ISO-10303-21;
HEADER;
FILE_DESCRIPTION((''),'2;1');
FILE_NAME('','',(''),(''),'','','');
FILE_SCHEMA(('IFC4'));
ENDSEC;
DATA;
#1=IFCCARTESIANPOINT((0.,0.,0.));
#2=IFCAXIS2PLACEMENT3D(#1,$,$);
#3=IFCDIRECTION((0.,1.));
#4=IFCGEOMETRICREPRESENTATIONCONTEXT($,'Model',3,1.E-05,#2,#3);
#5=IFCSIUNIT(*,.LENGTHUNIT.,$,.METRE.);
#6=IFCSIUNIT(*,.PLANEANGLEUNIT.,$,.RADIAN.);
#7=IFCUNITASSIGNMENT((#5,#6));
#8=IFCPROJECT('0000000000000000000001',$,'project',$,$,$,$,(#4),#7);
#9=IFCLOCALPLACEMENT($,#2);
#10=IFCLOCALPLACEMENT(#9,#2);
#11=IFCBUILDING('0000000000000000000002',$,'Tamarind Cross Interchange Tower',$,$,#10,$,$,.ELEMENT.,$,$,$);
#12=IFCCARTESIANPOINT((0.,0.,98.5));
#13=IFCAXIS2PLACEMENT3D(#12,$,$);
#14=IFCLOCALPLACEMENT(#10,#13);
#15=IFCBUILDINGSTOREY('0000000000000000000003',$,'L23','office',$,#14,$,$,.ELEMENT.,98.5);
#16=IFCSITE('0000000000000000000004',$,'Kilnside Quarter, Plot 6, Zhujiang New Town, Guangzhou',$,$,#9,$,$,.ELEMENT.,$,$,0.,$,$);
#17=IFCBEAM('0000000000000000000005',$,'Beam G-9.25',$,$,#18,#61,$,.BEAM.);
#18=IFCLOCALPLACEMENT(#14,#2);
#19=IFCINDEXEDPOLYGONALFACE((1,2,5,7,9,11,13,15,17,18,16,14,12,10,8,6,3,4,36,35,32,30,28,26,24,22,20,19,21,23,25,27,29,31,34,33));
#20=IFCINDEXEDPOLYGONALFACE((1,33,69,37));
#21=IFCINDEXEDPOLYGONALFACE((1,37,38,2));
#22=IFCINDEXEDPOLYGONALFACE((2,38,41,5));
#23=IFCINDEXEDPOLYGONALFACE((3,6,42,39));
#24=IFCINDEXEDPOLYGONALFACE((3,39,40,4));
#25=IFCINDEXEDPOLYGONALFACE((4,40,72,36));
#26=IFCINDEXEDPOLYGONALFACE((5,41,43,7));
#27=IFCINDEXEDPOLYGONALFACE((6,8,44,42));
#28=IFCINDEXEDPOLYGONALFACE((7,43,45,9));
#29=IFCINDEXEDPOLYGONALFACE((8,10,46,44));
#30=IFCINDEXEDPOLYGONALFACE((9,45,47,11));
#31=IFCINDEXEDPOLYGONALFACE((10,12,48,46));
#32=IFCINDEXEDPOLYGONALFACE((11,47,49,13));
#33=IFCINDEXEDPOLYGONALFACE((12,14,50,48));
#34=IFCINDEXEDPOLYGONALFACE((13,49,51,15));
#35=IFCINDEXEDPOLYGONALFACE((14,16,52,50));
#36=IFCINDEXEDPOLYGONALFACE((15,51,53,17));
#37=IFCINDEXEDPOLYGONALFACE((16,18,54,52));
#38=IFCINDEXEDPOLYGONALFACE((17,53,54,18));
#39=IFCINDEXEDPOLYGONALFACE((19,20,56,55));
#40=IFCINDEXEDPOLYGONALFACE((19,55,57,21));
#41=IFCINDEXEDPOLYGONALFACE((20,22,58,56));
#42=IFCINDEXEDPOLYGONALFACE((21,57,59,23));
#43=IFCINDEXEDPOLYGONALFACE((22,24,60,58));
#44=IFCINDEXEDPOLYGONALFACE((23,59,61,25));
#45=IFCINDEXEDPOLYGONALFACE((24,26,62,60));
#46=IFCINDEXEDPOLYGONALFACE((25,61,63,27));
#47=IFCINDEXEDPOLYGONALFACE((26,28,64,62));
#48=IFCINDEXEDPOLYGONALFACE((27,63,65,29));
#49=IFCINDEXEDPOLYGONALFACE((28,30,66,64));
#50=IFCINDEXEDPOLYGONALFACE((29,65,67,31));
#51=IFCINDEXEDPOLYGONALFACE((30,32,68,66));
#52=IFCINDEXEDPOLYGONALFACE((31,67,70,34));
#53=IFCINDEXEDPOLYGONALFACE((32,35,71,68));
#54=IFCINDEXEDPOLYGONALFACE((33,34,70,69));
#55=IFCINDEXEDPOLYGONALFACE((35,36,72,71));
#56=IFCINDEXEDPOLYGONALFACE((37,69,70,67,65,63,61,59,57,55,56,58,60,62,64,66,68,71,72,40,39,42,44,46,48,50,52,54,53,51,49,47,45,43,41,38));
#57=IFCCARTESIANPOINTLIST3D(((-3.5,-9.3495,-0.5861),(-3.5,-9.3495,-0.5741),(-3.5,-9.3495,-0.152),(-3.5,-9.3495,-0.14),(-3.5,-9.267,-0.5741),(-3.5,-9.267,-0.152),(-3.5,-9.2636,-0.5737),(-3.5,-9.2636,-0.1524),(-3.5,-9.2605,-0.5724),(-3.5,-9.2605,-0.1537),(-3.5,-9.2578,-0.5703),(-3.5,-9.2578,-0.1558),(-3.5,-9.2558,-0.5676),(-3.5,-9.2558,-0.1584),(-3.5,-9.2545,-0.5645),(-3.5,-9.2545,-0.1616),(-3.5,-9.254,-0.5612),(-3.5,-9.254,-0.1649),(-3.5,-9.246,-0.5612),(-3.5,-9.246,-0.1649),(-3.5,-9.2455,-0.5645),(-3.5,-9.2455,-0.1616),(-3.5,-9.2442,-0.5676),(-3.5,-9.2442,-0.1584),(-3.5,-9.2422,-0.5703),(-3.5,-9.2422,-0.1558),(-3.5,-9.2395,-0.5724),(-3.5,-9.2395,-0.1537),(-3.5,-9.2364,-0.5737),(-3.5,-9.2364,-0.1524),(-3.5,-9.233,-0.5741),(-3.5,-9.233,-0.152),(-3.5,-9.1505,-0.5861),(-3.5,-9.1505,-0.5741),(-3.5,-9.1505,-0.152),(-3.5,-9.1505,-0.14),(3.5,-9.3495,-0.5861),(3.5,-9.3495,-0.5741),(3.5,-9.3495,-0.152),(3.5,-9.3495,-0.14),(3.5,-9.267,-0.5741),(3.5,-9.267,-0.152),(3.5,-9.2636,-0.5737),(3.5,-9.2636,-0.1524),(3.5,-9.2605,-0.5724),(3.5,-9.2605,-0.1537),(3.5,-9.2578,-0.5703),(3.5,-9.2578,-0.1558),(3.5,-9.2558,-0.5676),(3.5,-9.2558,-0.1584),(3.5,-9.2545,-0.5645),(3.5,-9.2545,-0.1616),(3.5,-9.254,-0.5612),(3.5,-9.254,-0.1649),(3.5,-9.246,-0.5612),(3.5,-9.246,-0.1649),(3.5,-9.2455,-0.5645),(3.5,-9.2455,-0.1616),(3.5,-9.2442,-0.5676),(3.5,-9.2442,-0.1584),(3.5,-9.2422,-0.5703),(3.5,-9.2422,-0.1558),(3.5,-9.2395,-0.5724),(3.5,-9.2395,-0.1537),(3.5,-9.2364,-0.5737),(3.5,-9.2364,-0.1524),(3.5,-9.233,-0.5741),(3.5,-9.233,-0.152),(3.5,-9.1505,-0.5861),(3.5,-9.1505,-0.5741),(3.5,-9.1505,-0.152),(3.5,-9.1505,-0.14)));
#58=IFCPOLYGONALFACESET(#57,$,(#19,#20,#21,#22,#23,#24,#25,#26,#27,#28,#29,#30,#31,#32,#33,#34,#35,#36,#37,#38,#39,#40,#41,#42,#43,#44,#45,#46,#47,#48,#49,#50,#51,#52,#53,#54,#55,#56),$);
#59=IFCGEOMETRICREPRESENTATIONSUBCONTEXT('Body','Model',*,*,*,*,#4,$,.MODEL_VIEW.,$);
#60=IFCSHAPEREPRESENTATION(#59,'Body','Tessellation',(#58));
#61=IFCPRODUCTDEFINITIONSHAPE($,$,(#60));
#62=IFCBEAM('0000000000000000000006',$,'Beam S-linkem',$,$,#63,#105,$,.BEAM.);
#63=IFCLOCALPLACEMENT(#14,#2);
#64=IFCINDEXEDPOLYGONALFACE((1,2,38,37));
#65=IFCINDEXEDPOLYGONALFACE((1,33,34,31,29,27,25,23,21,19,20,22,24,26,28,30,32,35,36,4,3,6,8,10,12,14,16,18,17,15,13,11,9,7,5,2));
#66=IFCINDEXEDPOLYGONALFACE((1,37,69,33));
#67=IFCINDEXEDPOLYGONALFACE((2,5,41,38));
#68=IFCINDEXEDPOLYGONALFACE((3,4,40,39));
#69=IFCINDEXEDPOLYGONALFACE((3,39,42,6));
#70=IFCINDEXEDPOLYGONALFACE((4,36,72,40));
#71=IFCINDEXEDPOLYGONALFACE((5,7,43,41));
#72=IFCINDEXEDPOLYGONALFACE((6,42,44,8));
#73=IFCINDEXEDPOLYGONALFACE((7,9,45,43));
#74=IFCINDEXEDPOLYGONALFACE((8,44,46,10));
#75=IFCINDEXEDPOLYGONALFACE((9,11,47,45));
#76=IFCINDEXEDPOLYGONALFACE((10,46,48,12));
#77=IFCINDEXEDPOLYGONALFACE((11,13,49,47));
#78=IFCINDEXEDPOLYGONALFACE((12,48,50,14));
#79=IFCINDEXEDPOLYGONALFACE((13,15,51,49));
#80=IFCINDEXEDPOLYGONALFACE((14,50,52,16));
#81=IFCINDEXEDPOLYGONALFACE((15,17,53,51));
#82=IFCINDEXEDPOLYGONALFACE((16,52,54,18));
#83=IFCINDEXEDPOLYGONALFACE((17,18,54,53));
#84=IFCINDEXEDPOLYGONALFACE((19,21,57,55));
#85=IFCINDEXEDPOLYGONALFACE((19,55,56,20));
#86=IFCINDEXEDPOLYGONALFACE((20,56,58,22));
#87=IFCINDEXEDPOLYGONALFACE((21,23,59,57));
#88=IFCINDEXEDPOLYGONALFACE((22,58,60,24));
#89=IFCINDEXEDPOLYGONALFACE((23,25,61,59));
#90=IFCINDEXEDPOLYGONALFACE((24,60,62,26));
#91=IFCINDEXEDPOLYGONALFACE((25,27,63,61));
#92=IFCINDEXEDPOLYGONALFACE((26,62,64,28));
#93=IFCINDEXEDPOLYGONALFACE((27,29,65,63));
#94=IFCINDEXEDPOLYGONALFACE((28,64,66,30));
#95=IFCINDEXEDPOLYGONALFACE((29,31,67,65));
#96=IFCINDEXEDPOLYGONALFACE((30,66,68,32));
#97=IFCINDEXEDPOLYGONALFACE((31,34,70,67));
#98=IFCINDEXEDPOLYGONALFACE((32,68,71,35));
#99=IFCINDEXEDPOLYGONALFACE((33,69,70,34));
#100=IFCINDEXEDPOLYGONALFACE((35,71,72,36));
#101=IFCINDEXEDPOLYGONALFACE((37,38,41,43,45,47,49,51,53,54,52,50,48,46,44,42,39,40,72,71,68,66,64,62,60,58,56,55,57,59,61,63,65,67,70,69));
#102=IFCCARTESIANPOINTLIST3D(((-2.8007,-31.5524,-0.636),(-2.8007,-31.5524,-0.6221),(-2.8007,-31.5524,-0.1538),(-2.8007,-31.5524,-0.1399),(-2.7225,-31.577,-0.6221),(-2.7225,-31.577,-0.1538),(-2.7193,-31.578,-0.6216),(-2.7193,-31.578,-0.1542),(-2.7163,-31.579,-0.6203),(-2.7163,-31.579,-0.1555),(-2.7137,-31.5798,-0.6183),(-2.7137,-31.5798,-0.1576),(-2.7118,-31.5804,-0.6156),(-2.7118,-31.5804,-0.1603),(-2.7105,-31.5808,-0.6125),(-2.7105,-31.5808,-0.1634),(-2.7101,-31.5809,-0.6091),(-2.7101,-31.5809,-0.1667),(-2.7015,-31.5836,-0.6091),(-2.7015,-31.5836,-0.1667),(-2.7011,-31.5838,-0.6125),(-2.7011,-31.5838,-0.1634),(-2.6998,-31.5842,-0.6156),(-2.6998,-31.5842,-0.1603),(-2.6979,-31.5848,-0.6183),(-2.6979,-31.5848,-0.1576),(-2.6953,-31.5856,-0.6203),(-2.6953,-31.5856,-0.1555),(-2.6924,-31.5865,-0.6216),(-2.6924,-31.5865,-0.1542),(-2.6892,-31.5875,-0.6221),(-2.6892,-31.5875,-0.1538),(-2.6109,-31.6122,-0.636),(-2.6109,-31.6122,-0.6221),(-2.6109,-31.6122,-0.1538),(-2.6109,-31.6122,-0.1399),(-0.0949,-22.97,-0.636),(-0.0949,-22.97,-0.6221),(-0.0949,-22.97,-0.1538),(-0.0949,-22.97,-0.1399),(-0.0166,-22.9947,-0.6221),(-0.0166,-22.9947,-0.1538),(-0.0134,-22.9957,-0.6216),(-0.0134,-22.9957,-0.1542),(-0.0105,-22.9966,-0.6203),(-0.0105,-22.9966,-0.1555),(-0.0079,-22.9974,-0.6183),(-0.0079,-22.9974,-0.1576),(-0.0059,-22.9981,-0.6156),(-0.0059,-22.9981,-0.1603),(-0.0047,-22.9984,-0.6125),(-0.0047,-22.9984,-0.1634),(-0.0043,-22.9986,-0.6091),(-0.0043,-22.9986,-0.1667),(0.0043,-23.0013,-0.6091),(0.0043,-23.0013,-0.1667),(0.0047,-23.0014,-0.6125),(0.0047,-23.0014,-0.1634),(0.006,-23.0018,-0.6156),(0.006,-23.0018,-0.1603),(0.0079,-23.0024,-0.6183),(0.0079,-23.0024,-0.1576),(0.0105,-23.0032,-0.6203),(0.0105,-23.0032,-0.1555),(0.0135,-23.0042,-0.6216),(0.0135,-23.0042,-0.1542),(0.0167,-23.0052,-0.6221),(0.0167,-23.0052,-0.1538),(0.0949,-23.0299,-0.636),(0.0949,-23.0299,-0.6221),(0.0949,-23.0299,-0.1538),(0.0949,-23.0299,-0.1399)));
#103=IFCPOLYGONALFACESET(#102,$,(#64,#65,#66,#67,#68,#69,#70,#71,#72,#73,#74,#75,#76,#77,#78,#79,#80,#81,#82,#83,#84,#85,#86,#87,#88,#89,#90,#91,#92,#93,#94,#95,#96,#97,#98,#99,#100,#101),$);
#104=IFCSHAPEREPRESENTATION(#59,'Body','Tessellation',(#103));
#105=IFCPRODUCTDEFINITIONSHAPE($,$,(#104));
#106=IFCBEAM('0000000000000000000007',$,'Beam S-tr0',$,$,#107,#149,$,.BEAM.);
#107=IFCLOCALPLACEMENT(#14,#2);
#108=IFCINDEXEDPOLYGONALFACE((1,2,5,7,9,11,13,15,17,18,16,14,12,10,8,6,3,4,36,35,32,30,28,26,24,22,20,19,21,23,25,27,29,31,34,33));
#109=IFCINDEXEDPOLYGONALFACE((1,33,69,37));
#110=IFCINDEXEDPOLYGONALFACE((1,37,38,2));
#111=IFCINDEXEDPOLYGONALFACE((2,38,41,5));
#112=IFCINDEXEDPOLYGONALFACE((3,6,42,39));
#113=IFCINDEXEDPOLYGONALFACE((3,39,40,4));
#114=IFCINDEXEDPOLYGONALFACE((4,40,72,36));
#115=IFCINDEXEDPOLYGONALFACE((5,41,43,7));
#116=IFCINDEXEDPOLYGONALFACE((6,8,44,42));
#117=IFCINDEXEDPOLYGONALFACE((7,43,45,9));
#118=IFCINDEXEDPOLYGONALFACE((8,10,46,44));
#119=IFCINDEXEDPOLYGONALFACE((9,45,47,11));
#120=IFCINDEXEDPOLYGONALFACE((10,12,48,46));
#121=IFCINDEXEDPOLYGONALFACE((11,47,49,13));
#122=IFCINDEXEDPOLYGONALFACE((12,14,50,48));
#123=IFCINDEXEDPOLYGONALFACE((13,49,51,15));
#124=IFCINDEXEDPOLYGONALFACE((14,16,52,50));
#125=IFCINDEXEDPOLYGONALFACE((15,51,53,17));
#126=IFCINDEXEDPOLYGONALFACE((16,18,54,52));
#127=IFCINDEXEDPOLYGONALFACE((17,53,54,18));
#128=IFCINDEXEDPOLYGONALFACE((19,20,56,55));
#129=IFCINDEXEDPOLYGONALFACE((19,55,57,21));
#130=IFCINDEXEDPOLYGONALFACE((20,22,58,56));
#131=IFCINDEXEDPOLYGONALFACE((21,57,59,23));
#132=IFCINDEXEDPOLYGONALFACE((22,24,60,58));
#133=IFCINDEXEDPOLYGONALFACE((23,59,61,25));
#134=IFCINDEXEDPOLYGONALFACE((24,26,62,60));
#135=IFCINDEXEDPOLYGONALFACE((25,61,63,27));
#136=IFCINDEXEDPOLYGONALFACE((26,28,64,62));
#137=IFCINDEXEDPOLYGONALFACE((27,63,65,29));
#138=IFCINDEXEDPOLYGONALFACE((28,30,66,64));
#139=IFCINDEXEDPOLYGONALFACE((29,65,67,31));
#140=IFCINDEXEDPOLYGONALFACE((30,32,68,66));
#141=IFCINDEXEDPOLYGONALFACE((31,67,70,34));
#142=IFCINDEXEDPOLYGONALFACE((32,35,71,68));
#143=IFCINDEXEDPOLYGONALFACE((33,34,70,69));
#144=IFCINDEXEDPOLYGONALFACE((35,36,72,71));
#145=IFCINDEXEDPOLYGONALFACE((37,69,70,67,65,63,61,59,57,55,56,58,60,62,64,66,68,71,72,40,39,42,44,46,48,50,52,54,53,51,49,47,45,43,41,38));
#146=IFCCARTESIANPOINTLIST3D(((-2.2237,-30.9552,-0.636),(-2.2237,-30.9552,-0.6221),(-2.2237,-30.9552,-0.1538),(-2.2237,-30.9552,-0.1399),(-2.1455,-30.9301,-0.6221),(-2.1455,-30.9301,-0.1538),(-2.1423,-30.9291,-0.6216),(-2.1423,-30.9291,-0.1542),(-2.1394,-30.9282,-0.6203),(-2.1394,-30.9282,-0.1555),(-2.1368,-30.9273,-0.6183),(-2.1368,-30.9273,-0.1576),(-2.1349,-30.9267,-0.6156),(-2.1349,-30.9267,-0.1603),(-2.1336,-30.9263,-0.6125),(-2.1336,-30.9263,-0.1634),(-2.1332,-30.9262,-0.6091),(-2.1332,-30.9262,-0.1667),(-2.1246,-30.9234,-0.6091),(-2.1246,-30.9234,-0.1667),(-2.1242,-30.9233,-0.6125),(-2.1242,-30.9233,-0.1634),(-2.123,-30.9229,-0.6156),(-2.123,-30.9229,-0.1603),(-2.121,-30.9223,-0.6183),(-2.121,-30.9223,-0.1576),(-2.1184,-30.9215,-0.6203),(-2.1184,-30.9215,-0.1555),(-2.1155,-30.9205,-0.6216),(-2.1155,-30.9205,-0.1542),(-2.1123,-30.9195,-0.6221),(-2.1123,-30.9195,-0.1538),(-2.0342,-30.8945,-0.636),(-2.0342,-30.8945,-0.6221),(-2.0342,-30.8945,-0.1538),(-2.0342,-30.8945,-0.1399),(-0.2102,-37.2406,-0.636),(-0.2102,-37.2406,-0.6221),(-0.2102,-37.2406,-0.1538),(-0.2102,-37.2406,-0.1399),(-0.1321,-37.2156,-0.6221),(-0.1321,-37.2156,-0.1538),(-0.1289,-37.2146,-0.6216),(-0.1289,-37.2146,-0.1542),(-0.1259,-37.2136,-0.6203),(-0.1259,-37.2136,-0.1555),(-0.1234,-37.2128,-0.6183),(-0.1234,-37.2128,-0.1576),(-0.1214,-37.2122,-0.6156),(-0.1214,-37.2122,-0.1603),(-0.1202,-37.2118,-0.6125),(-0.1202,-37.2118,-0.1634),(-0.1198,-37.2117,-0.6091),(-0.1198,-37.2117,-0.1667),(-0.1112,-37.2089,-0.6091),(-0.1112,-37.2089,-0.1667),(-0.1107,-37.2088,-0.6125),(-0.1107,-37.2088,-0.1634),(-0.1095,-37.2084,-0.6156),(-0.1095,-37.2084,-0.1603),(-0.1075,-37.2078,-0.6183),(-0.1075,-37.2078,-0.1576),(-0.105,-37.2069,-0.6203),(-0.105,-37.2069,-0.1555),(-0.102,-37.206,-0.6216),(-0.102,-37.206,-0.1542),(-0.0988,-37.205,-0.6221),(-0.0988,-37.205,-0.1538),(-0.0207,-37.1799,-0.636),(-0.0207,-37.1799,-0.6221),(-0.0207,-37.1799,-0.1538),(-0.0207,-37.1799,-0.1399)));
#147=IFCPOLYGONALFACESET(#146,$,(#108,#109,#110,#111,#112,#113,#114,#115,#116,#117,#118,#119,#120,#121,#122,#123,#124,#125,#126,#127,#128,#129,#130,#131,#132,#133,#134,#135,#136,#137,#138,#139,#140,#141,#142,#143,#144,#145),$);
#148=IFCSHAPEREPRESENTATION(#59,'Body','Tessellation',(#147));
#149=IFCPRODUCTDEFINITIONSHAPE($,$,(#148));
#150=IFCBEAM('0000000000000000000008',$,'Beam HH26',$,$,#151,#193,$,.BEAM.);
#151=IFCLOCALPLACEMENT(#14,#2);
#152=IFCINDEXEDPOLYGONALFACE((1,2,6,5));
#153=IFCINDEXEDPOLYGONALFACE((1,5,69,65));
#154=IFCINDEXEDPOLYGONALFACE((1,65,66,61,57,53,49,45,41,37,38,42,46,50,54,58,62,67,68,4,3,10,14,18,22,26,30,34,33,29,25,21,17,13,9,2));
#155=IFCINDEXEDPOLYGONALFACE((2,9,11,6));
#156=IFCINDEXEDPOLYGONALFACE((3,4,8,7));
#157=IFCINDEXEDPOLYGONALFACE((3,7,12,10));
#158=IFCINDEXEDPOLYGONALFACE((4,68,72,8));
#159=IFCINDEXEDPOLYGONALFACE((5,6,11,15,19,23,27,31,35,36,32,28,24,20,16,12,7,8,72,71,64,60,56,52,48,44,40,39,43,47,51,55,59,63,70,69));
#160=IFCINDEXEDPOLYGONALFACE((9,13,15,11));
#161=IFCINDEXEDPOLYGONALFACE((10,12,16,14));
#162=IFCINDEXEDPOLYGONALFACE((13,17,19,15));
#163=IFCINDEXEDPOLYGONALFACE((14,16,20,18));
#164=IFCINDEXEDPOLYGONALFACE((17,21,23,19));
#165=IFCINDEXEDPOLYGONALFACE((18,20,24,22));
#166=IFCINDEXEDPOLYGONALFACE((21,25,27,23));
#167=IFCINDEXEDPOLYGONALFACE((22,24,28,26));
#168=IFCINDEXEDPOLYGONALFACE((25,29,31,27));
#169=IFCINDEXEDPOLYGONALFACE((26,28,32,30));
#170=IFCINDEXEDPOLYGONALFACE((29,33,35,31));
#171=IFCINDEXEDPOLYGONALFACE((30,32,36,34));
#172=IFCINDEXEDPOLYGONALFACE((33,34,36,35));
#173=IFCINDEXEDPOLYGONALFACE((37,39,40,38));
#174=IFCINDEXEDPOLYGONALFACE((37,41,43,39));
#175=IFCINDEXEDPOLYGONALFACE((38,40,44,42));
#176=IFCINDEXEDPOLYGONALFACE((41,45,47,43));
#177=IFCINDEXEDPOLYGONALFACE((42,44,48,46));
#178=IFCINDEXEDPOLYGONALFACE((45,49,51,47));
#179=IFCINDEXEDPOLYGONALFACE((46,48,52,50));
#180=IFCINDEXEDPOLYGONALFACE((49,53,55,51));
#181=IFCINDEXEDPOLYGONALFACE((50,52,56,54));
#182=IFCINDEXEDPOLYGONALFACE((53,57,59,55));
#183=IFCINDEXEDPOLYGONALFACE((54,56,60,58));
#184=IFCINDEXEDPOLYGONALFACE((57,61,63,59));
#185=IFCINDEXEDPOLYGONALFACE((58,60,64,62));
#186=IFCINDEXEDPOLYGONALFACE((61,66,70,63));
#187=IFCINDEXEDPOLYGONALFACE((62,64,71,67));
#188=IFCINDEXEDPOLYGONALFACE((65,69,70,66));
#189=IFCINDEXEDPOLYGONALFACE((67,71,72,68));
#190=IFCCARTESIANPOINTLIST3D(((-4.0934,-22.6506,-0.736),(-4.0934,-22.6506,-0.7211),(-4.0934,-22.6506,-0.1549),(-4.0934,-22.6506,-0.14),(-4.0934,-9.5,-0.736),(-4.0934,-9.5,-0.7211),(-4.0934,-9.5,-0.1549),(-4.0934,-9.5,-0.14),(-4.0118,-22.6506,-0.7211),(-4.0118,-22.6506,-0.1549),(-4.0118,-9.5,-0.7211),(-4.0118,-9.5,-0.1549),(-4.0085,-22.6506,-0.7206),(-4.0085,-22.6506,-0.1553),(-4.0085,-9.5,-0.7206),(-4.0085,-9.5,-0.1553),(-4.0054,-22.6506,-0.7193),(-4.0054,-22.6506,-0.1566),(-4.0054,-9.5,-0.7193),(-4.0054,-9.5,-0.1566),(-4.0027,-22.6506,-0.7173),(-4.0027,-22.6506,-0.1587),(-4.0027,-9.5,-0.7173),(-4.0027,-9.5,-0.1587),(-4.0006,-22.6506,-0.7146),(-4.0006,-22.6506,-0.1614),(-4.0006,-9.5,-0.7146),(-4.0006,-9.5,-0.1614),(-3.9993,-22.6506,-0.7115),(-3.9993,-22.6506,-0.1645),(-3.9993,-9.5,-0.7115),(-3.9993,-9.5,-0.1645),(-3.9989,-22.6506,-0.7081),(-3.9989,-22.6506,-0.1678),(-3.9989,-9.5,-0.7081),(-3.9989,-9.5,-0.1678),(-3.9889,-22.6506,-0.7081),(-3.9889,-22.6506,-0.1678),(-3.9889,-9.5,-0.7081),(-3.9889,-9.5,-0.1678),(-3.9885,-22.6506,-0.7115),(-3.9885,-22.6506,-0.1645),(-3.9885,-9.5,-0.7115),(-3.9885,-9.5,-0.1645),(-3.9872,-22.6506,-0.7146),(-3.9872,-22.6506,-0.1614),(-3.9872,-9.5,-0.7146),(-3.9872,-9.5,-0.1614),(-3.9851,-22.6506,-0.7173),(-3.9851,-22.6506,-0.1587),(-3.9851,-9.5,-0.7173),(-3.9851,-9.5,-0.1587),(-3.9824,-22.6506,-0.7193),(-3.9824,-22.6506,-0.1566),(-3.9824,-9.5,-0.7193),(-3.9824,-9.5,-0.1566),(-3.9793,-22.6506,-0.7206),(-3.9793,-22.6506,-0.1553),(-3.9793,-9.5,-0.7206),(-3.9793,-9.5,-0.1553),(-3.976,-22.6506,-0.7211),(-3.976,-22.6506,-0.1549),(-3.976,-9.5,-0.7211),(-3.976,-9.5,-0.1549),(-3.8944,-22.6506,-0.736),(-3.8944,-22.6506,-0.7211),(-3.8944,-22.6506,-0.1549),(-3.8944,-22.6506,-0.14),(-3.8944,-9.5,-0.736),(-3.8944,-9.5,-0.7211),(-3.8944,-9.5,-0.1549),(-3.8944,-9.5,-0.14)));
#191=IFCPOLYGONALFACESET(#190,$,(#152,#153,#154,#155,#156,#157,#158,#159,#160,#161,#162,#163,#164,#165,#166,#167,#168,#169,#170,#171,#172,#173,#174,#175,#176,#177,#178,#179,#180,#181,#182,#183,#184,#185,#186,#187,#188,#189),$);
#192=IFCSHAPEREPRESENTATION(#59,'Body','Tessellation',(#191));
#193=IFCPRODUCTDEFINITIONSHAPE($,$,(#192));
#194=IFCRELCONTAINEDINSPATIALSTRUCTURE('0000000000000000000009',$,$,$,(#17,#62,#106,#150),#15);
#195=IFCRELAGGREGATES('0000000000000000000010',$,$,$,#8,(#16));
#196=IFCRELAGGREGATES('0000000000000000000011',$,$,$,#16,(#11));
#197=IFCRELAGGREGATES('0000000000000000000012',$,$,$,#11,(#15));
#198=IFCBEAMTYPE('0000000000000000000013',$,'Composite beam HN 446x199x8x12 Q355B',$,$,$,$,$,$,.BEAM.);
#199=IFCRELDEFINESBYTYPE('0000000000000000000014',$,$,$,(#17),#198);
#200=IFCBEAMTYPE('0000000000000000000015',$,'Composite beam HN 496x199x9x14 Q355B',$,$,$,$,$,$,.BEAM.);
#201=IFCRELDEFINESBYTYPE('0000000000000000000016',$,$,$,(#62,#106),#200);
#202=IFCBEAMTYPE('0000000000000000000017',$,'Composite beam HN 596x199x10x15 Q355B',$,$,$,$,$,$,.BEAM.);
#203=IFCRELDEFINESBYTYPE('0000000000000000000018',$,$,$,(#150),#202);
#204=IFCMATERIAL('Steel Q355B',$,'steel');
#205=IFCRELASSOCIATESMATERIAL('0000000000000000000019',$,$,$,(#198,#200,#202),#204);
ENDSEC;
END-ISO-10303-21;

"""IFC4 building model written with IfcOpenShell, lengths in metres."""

from ifc_helpers import new_model, si_unit, direction, frame, origin, origin_2d, place, context, subcontext, project, spatial, i_section, extrude, material, material_profile, profile_set, type_object, element, save


model = new_model("IFC4")

# Units and contexts
model_context = context("Model", 3, precision=1e-05, world=origin(), true_north=direction((0.0, 1.0)))
body_context = subcontext(model_context, "Body", "Model", "MODEL_VIEW")
ifc_project = project(units=[si_unit("LENGTHUNIT", "METRE"), si_unit("PLANEANGLEUNIT", "RADIAN")], contexts=[model_context])

# Site, building, storey
site_placement = place(None, origin())
site = spatial("IfcSite", under=ifc_project, at=site_placement, Name="Kilnside Quarter, Plot 6, Zhujiang New Town, Guangzhou", CompositionType="ELEMENT", RefElevation=0.0)
building_placement = place(site_placement, origin())
building = spatial("IfcBuilding", under=site, at=building_placement, Name="Tamarind Cross Interchange Tower", CompositionType="ELEMENT")
storey_placement = place(building_placement, frame((0.0, 0.0, 98.5)))
storey = spatial("IfcBuildingStorey", under=building, at=storey_placement, Name="L23", Description="office", CompositionType="ELEMENT", Elevation=98.5)

# Beams
ifc_material_1 = material(Name="Steel Q355B", Category="steel")
ifc_material_profile_1 = material_profile(ifc_material_1, i_section(OverallWidth=0.199, OverallDepth=0.446, WebThickness=0.0081, FlangeThickness=0.012, FilletRadius=0.0129, at=origin_2d()), Name="HN 446x199x8x12")
ifc_profile_set_1 = profile_set([ifc_material_profile_1], Name="Steel Q355B")
beam_type_1 = type_object("IfcBeamType", Name="Composite beam HN 446x199x8x12 Q355B", PredefinedType="BEAM", material=ifc_profile_set_1)
beam_1_placement = place(storey_placement, frame((-3.5, -9.25, -0.363), z_axis=(1.0, 0.0, 0.0), x_axis=(0.0, 1.0, 0.0)))
element("IfcBeam", 1, at=beam_1_placement, inside=storey, type_object=beam_type_1, Name="Beam G-9.25", PredefinedType="BEAM", context=body_context, shape_type="SweptSolid", body=[
    extrude(i_section(OverallWidth=0.199, OverallDepth=0.446, WebThickness=0.0081, FlangeThickness=0.012, FilletRadius=0.0129, at=origin_2d()), origin(), (0.0, 0.0, 1.0), 7.0),
])
ifc_material_profile_2 = material_profile(ifc_material_1, i_section(OverallWidth=0.199, OverallDepth=0.4961, WebThickness=0.009, FlangeThickness=0.0139, FilletRadius=0.0129, at=origin_2d()), Name="HN 496x199x9x14")
ifc_profile_set_2 = profile_set([ifc_material_profile_2], Name="Steel Q355B")
beam_type_2 = type_object("IfcBeamType", Name="Composite beam HN 496x199x9x14 Q355B", PredefinedType="BEAM", material=ifc_profile_set_2)
beam_2_placement = place(storey_placement, frame((-2.7058, -31.5823, -0.3879), z_axis=(0.300689, 0.953722, 0.0), x_axis=(-0.953722, 0.300689, 0.0)))
element("IfcBeam", 2, at=beam_2_placement, inside=storey, type_object=beam_type_2, Name="Beam S-linkem", PredefinedType="BEAM", context=body_context, shape_type="SweptSolid", body=[
    extrude(i_section(OverallWidth=0.199, OverallDepth=0.4961, WebThickness=0.009, FlangeThickness=0.0139, FilletRadius=0.0129, at=origin_2d()), origin(), (0.0, 0.0, 1.0), 8.9988),
])
beam_3_placement = place(storey_placement, frame((-2.1289, -30.9248, -0.3879), z_axis=(0.305064, -0.952332, 0.0), x_axis=(0.952332, 0.305064, 0.0)))
element("IfcBeam", 3, at=beam_3_placement, inside=storey, type_object=beam_type_2, Name="Beam S-tr0", PredefinedType="BEAM", context=body_context, shape_type="SweptSolid", body=[
    extrude(i_section(OverallWidth=0.199, OverallDepth=0.4961, WebThickness=0.009, FlangeThickness=0.0139, FilletRadius=0.0129, at=origin_2d()), origin(), (0.0, 0.0, 1.0), 6.6001),
])
ifc_material_profile_3 = material_profile(ifc_material_1, i_section(OverallWidth=0.199, OverallDepth=0.5959, WebThickness=0.01, FlangeThickness=0.0149, FilletRadius=0.0129, at=origin_2d()), Name="HN 596x199x10x15")
ifc_profile_set_3 = profile_set([ifc_material_profile_3], Name="Steel Q355B")
beam_type_3 = type_object("IfcBeamType", Name="Composite beam HN 596x199x10x15 Q355B", PredefinedType="BEAM", material=ifc_profile_set_3)
beam_4_placement = place(storey_placement, frame((-3.9939, -22.6506, -0.438), z_axis=(0.0, 1.0, 0.0), x_axis=(-1.0, 0.0, 0.0)))
element("IfcBeam", 4, at=beam_4_placement, inside=storey, type_object=beam_type_3, Name="Beam HH26", PredefinedType="BEAM", context=body_context, shape_type="SweptSolid", body=[
    extrude(i_section(OverallWidth=0.199, OverallDepth=0.5959, WebThickness=0.01, FlangeThickness=0.0149, FilletRadius=0.0129, at=origin_2d()), origin(), (0.0, 0.0, 1.0), 13.1506),
])

save(model, "model.ifc")
